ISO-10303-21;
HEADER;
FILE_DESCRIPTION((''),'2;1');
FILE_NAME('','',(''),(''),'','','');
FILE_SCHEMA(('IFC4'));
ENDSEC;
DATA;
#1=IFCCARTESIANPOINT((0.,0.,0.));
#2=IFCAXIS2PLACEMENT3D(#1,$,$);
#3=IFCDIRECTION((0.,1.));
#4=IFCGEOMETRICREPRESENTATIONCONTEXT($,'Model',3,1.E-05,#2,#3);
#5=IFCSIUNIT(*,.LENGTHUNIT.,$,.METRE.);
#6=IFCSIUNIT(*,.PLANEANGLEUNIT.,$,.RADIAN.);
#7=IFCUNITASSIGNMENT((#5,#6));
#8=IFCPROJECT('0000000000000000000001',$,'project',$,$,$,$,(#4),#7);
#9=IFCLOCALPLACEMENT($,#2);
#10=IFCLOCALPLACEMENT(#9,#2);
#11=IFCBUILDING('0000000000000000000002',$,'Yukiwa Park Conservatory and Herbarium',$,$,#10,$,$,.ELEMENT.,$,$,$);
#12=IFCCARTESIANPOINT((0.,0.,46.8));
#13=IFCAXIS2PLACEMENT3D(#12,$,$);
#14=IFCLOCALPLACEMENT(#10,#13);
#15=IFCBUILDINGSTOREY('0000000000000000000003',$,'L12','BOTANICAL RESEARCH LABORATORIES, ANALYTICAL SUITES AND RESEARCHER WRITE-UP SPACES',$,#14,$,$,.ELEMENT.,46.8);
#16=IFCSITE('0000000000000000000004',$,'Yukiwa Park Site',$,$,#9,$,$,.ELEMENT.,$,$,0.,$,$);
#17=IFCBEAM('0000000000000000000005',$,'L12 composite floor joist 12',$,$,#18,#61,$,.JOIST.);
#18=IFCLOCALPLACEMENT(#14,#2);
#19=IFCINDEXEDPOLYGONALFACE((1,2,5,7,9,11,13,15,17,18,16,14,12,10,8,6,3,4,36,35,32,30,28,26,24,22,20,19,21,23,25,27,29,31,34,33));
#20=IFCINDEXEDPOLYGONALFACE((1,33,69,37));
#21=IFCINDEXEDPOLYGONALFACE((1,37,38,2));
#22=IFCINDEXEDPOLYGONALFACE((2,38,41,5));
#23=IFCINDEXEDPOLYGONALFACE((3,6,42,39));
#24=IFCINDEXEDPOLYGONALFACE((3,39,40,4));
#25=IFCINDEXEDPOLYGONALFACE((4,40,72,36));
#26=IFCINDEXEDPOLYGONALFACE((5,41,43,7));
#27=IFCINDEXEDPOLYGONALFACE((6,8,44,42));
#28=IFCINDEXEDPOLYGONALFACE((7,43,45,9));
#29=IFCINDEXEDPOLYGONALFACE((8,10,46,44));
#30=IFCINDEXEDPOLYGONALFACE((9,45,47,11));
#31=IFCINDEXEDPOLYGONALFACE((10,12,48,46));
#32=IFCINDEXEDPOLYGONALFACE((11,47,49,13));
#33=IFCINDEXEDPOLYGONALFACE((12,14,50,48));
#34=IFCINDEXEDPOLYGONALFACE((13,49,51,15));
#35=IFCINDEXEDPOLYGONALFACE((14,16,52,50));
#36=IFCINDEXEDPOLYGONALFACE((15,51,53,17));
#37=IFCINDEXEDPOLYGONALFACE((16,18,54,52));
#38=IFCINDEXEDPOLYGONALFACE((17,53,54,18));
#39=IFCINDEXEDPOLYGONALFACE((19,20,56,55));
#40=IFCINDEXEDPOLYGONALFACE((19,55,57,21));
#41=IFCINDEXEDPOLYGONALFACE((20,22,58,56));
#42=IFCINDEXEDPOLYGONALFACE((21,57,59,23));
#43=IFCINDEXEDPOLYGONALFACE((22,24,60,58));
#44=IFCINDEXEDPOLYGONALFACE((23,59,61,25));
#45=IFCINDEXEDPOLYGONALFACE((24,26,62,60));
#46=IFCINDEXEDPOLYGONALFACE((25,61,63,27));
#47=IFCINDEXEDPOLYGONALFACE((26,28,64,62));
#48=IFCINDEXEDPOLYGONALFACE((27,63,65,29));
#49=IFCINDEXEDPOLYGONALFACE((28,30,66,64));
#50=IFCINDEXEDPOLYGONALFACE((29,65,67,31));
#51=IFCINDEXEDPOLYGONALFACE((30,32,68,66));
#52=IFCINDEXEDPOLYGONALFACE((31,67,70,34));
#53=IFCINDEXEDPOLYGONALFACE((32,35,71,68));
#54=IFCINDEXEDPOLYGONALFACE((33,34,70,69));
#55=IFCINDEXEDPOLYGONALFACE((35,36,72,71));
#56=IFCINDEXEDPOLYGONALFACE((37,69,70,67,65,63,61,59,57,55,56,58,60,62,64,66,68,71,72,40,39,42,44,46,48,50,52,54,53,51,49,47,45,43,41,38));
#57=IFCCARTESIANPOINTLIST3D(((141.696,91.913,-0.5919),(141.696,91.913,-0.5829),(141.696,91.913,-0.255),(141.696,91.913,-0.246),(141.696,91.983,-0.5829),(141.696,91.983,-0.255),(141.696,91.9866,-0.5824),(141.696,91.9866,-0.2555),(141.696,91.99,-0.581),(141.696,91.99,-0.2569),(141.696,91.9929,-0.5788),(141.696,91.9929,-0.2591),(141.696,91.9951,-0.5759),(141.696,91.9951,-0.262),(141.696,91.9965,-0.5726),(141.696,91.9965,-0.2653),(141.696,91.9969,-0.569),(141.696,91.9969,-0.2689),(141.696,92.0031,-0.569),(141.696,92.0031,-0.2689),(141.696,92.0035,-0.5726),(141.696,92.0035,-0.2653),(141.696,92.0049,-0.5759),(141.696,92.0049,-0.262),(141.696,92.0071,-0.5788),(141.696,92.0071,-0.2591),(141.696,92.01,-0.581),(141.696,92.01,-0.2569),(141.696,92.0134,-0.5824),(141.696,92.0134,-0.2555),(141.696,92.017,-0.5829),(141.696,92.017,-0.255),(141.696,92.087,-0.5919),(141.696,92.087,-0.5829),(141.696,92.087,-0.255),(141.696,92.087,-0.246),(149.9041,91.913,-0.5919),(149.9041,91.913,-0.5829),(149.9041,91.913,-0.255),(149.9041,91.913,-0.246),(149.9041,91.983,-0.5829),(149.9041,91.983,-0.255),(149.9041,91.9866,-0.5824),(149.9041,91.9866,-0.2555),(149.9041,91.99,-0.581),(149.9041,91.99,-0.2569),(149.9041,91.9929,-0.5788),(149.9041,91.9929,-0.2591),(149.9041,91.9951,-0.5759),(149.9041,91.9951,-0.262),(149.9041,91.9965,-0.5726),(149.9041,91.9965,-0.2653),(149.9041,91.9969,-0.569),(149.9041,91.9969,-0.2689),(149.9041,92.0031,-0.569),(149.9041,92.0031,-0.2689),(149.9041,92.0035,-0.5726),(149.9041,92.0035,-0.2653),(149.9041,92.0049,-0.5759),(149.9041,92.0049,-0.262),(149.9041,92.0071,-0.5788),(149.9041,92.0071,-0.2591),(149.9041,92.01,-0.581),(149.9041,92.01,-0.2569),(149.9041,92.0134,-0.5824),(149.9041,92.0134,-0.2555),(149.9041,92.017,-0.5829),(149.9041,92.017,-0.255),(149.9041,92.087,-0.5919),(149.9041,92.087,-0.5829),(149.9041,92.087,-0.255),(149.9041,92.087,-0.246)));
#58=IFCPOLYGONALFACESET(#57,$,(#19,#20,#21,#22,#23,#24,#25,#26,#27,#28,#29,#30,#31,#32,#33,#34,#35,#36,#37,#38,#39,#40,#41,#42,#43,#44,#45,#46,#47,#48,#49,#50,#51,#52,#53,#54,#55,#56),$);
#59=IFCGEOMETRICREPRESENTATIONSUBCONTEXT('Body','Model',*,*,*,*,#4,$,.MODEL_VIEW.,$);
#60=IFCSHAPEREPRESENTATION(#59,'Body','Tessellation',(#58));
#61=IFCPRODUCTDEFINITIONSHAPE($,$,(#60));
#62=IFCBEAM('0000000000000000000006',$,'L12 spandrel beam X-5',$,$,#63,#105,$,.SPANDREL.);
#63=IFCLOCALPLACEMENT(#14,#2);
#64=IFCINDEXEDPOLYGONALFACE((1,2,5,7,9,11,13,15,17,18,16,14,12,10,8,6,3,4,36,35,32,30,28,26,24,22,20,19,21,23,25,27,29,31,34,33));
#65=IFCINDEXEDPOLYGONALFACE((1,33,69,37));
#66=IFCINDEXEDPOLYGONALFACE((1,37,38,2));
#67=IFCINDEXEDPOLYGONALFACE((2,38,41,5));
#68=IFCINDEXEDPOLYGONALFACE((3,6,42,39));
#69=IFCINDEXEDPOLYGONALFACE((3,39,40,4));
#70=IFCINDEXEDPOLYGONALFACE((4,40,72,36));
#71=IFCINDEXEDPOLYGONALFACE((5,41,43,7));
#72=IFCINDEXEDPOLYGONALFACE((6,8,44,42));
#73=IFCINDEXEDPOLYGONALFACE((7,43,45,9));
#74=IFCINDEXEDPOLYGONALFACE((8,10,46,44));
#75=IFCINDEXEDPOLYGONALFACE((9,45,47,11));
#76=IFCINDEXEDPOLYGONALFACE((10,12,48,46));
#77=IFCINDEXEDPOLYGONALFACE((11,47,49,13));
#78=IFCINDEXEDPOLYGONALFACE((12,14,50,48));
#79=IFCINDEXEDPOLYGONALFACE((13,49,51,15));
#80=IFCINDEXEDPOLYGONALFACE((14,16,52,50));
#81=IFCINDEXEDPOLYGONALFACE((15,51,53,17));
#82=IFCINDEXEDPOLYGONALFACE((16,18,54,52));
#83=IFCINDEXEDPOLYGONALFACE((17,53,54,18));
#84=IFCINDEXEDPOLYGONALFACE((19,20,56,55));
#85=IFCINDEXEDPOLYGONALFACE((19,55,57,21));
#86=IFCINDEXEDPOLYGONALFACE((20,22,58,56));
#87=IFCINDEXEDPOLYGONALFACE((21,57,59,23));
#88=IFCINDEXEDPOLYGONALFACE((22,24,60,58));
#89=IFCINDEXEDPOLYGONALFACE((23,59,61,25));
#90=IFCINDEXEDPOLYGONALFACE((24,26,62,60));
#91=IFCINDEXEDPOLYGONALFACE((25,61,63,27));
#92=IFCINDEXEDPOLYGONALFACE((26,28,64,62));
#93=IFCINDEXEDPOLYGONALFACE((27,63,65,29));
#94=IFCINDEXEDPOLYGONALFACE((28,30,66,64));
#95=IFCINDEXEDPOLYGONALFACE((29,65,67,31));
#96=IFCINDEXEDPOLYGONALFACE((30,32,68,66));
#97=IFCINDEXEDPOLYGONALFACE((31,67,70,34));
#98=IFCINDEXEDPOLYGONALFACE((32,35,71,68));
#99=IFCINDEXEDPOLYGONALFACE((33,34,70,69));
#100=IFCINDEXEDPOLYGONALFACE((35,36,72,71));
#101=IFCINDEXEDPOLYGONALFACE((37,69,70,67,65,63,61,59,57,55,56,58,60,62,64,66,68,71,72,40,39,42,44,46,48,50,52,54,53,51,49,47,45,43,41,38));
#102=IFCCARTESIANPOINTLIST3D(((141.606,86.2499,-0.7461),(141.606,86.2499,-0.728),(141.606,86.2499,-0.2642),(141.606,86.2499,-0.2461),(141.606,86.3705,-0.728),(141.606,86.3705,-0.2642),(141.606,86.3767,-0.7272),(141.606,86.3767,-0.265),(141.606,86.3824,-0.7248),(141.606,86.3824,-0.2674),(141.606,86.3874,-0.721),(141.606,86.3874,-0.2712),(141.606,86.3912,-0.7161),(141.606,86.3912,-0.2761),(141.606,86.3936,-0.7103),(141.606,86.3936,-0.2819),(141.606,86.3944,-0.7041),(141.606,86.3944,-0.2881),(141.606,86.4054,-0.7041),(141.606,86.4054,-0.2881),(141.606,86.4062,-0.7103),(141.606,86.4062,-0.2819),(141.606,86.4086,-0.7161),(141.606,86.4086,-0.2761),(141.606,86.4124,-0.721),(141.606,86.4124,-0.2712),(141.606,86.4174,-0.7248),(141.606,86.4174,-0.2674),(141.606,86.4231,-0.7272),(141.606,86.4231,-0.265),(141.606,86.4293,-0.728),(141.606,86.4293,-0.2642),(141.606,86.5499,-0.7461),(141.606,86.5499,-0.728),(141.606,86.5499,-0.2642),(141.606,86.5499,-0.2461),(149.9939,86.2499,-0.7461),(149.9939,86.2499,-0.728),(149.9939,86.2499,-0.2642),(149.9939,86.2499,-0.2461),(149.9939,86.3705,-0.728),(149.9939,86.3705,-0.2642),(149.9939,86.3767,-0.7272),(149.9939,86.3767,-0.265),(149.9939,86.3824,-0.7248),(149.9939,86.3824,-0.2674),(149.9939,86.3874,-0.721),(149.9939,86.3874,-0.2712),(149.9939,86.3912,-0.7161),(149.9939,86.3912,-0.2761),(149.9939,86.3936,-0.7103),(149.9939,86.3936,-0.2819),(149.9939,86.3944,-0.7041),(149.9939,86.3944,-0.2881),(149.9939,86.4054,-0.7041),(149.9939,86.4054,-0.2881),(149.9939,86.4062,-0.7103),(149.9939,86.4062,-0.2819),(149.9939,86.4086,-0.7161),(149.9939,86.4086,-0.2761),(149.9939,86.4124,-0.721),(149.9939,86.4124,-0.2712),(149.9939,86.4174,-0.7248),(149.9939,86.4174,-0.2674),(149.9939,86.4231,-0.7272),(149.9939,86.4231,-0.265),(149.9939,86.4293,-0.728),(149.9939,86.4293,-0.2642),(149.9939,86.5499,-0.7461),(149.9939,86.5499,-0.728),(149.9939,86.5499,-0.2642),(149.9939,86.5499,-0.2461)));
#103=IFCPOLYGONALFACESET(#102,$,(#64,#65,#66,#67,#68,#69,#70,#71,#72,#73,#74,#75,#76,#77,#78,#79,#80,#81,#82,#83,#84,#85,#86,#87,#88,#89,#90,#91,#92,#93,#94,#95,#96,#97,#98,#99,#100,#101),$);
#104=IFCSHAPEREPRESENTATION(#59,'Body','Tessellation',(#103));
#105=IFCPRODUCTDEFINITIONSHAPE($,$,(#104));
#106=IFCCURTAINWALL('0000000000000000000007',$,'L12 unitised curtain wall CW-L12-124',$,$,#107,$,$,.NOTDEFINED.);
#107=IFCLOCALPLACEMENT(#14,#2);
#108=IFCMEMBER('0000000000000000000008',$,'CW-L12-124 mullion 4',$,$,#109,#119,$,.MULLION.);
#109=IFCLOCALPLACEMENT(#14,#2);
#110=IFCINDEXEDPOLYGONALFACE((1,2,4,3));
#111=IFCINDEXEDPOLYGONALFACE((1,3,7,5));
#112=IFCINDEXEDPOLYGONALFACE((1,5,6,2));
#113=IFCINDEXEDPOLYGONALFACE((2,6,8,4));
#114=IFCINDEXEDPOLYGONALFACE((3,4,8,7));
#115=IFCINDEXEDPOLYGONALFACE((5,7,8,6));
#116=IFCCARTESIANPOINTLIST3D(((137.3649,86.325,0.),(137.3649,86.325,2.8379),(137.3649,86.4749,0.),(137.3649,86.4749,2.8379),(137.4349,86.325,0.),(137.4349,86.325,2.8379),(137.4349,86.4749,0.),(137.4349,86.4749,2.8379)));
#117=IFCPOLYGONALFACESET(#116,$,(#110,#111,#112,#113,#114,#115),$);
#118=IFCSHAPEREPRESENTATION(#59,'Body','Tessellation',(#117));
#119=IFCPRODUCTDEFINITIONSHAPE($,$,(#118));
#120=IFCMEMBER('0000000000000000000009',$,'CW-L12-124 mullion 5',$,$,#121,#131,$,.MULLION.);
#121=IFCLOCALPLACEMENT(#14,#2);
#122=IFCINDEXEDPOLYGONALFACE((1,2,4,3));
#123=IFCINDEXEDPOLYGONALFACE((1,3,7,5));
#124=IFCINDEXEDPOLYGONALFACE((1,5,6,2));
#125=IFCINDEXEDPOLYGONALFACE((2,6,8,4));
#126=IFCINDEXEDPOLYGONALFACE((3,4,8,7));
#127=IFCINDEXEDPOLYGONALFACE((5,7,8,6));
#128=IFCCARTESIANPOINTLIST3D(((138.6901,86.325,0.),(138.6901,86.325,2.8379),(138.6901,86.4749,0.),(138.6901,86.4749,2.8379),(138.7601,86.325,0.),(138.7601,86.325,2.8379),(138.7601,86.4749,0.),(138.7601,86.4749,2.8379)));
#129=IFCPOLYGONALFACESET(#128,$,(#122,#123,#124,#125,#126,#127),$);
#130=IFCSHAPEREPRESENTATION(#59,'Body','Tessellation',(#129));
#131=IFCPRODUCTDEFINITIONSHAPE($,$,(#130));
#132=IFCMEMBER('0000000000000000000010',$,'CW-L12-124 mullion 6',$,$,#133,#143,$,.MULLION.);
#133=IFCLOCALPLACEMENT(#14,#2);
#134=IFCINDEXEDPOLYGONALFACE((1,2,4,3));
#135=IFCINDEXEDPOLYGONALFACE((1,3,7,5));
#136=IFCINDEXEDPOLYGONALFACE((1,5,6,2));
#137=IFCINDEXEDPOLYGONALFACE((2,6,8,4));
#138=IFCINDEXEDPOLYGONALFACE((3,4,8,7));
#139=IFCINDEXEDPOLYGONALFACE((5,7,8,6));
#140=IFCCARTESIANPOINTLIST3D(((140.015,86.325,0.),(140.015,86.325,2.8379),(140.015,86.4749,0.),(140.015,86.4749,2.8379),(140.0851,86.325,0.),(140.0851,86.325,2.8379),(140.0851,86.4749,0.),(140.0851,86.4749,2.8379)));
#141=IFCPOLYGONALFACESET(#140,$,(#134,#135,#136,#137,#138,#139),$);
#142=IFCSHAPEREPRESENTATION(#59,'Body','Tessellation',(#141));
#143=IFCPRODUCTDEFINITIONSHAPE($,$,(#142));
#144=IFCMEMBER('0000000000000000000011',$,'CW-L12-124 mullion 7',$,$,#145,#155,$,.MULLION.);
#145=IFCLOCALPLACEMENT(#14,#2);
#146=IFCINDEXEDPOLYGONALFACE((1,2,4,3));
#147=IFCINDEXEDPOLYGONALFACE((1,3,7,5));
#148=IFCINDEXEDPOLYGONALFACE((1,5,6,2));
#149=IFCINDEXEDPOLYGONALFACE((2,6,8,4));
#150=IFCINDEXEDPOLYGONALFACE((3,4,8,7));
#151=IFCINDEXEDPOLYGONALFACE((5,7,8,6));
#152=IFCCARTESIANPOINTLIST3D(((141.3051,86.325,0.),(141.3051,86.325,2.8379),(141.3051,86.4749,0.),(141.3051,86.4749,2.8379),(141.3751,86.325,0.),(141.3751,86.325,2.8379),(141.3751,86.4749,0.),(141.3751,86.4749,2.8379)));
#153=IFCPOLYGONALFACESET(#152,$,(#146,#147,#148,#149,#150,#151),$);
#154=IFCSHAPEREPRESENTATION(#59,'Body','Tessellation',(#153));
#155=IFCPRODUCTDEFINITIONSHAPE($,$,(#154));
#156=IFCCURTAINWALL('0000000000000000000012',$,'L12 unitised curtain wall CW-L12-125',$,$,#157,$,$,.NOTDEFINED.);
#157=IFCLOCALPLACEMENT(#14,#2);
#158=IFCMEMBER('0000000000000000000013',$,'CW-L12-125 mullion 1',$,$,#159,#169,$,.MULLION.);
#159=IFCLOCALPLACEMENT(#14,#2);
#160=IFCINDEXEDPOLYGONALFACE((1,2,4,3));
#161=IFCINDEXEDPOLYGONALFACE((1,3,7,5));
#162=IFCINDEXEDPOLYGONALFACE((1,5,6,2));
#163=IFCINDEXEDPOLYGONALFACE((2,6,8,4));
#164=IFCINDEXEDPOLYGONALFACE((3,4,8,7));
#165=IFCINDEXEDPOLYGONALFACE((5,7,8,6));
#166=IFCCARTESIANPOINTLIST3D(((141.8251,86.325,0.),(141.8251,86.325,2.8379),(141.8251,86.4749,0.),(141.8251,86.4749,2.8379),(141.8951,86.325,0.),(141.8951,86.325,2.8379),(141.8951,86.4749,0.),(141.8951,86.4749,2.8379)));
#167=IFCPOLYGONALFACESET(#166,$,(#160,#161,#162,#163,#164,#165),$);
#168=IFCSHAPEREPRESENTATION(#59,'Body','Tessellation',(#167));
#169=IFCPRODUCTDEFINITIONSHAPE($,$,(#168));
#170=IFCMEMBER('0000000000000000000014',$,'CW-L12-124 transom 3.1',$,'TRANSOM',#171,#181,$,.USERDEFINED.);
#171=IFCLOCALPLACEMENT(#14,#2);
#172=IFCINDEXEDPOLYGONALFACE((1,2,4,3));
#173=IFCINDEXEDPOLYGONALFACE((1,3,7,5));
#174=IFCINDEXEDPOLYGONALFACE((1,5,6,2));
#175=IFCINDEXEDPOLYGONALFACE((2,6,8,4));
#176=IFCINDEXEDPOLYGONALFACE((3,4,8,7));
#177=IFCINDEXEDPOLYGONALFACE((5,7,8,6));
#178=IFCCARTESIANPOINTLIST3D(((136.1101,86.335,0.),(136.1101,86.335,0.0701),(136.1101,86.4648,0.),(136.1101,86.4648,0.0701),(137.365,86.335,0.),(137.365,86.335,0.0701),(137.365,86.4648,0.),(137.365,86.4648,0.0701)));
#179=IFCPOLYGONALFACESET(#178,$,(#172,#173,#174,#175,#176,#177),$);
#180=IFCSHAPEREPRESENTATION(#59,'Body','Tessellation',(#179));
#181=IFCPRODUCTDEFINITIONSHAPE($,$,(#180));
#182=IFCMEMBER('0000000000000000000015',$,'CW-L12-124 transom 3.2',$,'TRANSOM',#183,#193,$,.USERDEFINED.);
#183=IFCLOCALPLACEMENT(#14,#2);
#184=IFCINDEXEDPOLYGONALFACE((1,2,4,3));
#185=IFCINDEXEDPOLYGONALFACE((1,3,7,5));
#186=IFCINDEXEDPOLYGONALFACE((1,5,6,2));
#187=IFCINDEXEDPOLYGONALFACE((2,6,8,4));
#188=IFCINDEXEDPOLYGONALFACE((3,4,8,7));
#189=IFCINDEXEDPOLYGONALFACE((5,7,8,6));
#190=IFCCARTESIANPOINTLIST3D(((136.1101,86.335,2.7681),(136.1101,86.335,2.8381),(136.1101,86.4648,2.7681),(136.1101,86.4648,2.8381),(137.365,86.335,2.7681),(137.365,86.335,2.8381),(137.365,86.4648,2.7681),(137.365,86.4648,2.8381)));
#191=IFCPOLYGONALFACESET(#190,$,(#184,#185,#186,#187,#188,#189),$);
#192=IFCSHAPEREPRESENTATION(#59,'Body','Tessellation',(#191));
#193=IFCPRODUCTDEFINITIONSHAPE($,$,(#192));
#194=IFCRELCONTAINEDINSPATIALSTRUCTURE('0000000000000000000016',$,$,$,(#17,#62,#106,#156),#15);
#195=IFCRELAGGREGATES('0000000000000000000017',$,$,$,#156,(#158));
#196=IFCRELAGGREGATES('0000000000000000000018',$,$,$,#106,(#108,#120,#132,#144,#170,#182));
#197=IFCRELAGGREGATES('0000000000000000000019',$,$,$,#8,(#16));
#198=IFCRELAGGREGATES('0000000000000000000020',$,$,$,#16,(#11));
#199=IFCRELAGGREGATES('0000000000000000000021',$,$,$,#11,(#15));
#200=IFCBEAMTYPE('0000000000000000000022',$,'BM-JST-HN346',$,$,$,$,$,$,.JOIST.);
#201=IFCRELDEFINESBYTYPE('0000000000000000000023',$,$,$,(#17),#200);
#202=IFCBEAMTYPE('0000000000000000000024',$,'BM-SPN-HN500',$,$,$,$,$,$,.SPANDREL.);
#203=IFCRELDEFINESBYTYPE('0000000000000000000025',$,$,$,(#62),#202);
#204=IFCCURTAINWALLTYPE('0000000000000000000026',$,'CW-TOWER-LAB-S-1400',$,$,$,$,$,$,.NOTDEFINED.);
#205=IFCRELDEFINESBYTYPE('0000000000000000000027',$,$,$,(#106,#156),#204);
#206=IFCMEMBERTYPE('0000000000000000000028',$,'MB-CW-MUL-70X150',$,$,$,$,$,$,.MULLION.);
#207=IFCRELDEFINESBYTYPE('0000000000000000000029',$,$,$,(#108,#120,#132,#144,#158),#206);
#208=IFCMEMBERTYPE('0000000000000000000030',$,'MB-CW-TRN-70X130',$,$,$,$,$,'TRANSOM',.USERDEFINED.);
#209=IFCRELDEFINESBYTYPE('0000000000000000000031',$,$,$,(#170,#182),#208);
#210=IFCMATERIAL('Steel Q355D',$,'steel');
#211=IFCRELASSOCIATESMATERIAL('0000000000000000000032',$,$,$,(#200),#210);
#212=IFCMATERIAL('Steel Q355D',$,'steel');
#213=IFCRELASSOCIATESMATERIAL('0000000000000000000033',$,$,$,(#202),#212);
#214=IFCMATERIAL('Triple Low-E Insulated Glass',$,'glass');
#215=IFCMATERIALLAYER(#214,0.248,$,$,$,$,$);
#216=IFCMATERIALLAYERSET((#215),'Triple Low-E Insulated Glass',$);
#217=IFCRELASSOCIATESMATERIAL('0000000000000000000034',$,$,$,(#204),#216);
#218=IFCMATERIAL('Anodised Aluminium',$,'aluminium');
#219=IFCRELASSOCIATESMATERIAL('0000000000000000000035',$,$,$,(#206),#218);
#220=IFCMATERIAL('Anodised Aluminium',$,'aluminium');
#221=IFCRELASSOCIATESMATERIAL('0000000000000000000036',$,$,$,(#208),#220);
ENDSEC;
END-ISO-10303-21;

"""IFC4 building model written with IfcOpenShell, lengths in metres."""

from ifc_helpers import new_model, si_unit, direction, frame, origin, origin_2d, place, context, subcontext, project, spatial, rectangle, i_section, extrude, material, layer, layer_set, material_profile, profile_set, type_object, element, aggregate, save


model = new_model("IFC4")

# Units and contexts
model_context = context("Model", 3, precision=1e-05, world=origin(), true_north=direction((0.0, 1.0)))
body_context = subcontext(model_context, "Body", "Model", "MODEL_VIEW")
ifc_project = project(units=[si_unit("LENGTHUNIT", "METRE"), si_unit("PLANEANGLEUNIT", "RADIAN")], contexts=[model_context])

# Site, building, storey
site_placement = place(None, origin())
site = spatial("IfcSite", under=ifc_project, at=site_placement, Name="Yukiwa Park Site", CompositionType="ELEMENT", RefElevation=0.0)
building_placement = place(site_placement, origin())
building = spatial("IfcBuilding", under=site, at=building_placement, Name="Yukiwa Park Conservatory and Herbarium", CompositionType="ELEMENT")
storey_placement = place(building_placement, frame((0.0, 0.0, 46.8)))
storey = spatial("IfcBuildingStorey", under=building, at=storey_placement, Name="L12", Description="BOTANICAL RESEARCH LABORATORIES, ANALYTICAL SUITES AND RESEARCHER WRITE-UP SPACES", CompositionType="ELEMENT", Elevation=46.8)

# Beams
ifc_material_1 = material(Name="Steel Q355D", Category="steel")
ifc_material_profile_1 = material_profile(ifc_material_1, i_section(OverallWidth=0.1741, OverallDepth=0.3459, WebThickness=0.0061, FlangeThickness=0.009, FilletRadius=0.0139, at=origin_2d()), Name="HN 346x174x6x9")
ifc_profile_set_1 = profile_set([ifc_material_profile_1], Name="Steel Q355D")
beam_type_1 = type_object("IfcBeamType", Name="BM-JST-HN346", PredefinedType="JOIST", material=ifc_profile_set_1)
for number, where, z_axis, x_axis, name in (
    (1, (141.696, 92.0, -0.4189), (1.0, 0.0, 0.0), (0.0, 1.0, 0.0), "L12 composite floor joist 12"),
):
    element("IfcBeam", number, at=place(storey_placement, frame(where, z_axis=z_axis, x_axis=x_axis)), inside=storey, type_object=beam_type_1, Name=name, PredefinedType="JOIST", context=body_context, shape_type="SweptSolid", body=[
        extrude(i_section(OverallWidth=0.1741, OverallDepth=0.3459, WebThickness=0.0061, FlangeThickness=0.009, FilletRadius=0.0139, at=origin_2d()), origin(), (0.0, 0.0, 1.0), 8.208),
    ])
ifc_material_2 = material(Name="Steel Q355D", Category="steel")
ifc_material_profile_2 = material_profile(ifc_material_2, i_section(OverallWidth=0.3, OverallDepth=0.5, WebThickness=0.011, FlangeThickness=0.0181, FilletRadius=0.0239, at=origin_2d()), Name="HM 500x300x11x18")
ifc_profile_set_2 = profile_set([ifc_material_profile_2], Name="Steel Q355D")
beam_type_2 = type_object("IfcBeamType", Name="BM-SPN-HN500", PredefinedType="SPANDREL", material=ifc_profile_set_2)
beam_1_placement = place(storey_placement, frame((141.606, 86.3999, -0.4961), z_axis=(1.0, 0.0, 0.0), x_axis=(0.0, 1.0, 0.0)))
element("IfcBeam", 2, at=beam_1_placement, inside=storey, type_object=beam_type_2, Name="L12 spandrel beam X-5", PredefinedType="SPANDREL", context=body_context, shape_type="SweptSolid", body=[
    extrude(i_section(OverallWidth=0.3, OverallDepth=0.5, WebThickness=0.011, FlangeThickness=0.0181, FilletRadius=0.0239, at=origin_2d()), origin(), (0.0, 0.0, 1.0), 8.3879),
])

# Curtain wall, members
ifc_material_3 = material(Name="Triple Low-E Insulated Glass", Category="glass")
ifc_layer_1 = layer(ifc_material_3, 0.248)
ifc_layer_set_1 = layer_set([ifc_layer_1], Name="Triple Low-E Insulated Glass")
curtain_wall_type = type_object("IfcCurtainWallType", Name="CW-TOWER-LAB-S-1400", PredefinedType="NOTDEFINED", material=ifc_layer_set_1)
curtain_wall_1_placement = place(storey_placement, origin())
curtain_wall_1 = element("IfcCurtainWall", 3, at=curtain_wall_1_placement, inside=storey, type_object=curtain_wall_type, Name="L12 unitised curtain wall CW-L12-124", PredefinedType="NOTDEFINED")
ifc_material_4 = material(Name="Anodised Aluminium", Category="aluminium")
member_type_1 = type_object("IfcMemberType", Name="MB-CW-MUL-70X150", PredefinedType="MULLION", material=ifc_material_4)
member_1_placement = place(storey_placement, frame((137.3999, 86.3999, 0.0), z_axis=(0.0, 0.0, 1.0), x_axis=(1.0, 0.0, 0.0)))
member_1 = element("IfcMember", 4, at=member_1_placement, type_object=member_type_1, Name="CW-L12-124 mullion 4", PredefinedType="MULLION", context=body_context, shape_type="SweptSolid", body=[
    extrude(rectangle(XDim=0.0701, YDim=0.1499, at=origin_2d()), origin(), (0.0, 0.0, 1.0), 2.8379),
])
member_2_placement = place(storey_placement, frame((138.7251, 86.3999, 0.0), z_axis=(0.0, 0.0, 1.0), x_axis=(1.0, 0.0, 0.0)))
member_2 = element("IfcMember", 5, at=member_2_placement, type_object=member_type_1, Name="CW-L12-124 mullion 5", PredefinedType="MULLION", context=body_context, shape_type="SweptSolid", body=[
    extrude(rectangle(XDim=0.0701, YDim=0.1499, at=origin_2d()), origin(), (0.0, 0.0, 1.0), 2.8379),
])
member_3_placement = place(storey_placement, frame((140.05, 86.3999, 0.0), z_axis=(0.0, 0.0, 1.0), x_axis=(1.0, 0.0, 0.0)))
member_3 = element("IfcMember", 6, at=member_3_placement, type_object=member_type_1, Name="CW-L12-124 mullion 6", PredefinedType="MULLION", context=body_context, shape_type="SweptSolid", body=[
    extrude(rectangle(XDim=0.0701, YDim=0.1499, at=origin_2d()), origin(), (0.0, 0.0, 1.0), 2.8379),
])
member_4_placement = place(storey_placement, frame((141.3401, 86.3999, 0.0), z_axis=(0.0, 0.0, 1.0), x_axis=(1.0, 0.0, 0.0)))
member_4 = element("IfcMember", 7, at=member_4_placement, type_object=member_type_1, Name="CW-L12-124 mullion 7", PredefinedType="MULLION", context=body_context, shape_type="SweptSolid", body=[
    extrude(rectangle(XDim=0.0701, YDim=0.1499, at=origin_2d()), origin(), (0.0, 0.0, 1.0), 2.8379),
])

# Curtain wall, member
curtain_wall_2_placement = place(storey_placement, origin())
curtain_wall_2 = element("IfcCurtainWall", 8, at=curtain_wall_2_placement, inside=storey, type_object=curtain_wall_type, Name="L12 unitised curtain wall CW-L12-125", PredefinedType="NOTDEFINED")
member_5_placement = place(storey_placement, frame((141.8601, 86.3999, 0.0), z_axis=(0.0, 0.0, 1.0), x_axis=(1.0, 0.0, 0.0)))
member_5 = element("IfcMember", 9, at=member_5_placement, type_object=member_type_1, Name="CW-L12-125 mullion 1", PredefinedType="MULLION", context=body_context, shape_type="SweptSolid", body=[
    extrude(rectangle(XDim=0.0701, YDim=0.1499, at=origin_2d()), origin(), (0.0, 0.0, 1.0), 2.8379),
])

# Members
ifc_material_5 = material(Name="Anodised Aluminium", Category="aluminium")
member_type_2 = type_object("IfcMemberType", Name="MB-CW-TRN-70X130", ElementType="TRANSOM", PredefinedType="USERDEFINED", material=ifc_material_5)
member_6_placement = place(storey_placement, frame((136.7375, 86.3999, 0.0), z_axis=(0.0, 0.0, 1.0), x_axis=(1.0, 0.0, 0.0)))
member_6 = element("IfcMember", 10, at=member_6_placement, type_object=member_type_2, Name="CW-L12-124 transom 3.1", ObjectType="TRANSOM", PredefinedType="USERDEFINED", context=body_context, shape_type="SweptSolid", body=[
    extrude(rectangle(XDim=1.2549, YDim=0.1299, at=origin_2d()), origin(), (0.0, 0.0, 1.0), 0.0701),
])
member_7_placement = place(storey_placement, frame((136.7375, 86.3999, 2.7681), z_axis=(0.0, 0.0, 1.0), x_axis=(1.0, 0.0, 0.0)))
member_7 = element("IfcMember", 11, at=member_7_placement, type_object=member_type_2, Name="CW-L12-124 transom 3.2", ObjectType="TRANSOM", PredefinedType="USERDEFINED", context=body_context, shape_type="SweptSolid", body=[
    extrude(rectangle(XDim=1.2549, YDim=0.1299, at=origin_2d()), origin(), (0.0, 0.0, 1.0), 0.0701),
])
aggregate(curtain_wall_2, [member_5])

aggregate(curtain_wall_1, [member_1, member_2, member_3, member_4, member_6, member_7])

save(model, "model.ifc")
